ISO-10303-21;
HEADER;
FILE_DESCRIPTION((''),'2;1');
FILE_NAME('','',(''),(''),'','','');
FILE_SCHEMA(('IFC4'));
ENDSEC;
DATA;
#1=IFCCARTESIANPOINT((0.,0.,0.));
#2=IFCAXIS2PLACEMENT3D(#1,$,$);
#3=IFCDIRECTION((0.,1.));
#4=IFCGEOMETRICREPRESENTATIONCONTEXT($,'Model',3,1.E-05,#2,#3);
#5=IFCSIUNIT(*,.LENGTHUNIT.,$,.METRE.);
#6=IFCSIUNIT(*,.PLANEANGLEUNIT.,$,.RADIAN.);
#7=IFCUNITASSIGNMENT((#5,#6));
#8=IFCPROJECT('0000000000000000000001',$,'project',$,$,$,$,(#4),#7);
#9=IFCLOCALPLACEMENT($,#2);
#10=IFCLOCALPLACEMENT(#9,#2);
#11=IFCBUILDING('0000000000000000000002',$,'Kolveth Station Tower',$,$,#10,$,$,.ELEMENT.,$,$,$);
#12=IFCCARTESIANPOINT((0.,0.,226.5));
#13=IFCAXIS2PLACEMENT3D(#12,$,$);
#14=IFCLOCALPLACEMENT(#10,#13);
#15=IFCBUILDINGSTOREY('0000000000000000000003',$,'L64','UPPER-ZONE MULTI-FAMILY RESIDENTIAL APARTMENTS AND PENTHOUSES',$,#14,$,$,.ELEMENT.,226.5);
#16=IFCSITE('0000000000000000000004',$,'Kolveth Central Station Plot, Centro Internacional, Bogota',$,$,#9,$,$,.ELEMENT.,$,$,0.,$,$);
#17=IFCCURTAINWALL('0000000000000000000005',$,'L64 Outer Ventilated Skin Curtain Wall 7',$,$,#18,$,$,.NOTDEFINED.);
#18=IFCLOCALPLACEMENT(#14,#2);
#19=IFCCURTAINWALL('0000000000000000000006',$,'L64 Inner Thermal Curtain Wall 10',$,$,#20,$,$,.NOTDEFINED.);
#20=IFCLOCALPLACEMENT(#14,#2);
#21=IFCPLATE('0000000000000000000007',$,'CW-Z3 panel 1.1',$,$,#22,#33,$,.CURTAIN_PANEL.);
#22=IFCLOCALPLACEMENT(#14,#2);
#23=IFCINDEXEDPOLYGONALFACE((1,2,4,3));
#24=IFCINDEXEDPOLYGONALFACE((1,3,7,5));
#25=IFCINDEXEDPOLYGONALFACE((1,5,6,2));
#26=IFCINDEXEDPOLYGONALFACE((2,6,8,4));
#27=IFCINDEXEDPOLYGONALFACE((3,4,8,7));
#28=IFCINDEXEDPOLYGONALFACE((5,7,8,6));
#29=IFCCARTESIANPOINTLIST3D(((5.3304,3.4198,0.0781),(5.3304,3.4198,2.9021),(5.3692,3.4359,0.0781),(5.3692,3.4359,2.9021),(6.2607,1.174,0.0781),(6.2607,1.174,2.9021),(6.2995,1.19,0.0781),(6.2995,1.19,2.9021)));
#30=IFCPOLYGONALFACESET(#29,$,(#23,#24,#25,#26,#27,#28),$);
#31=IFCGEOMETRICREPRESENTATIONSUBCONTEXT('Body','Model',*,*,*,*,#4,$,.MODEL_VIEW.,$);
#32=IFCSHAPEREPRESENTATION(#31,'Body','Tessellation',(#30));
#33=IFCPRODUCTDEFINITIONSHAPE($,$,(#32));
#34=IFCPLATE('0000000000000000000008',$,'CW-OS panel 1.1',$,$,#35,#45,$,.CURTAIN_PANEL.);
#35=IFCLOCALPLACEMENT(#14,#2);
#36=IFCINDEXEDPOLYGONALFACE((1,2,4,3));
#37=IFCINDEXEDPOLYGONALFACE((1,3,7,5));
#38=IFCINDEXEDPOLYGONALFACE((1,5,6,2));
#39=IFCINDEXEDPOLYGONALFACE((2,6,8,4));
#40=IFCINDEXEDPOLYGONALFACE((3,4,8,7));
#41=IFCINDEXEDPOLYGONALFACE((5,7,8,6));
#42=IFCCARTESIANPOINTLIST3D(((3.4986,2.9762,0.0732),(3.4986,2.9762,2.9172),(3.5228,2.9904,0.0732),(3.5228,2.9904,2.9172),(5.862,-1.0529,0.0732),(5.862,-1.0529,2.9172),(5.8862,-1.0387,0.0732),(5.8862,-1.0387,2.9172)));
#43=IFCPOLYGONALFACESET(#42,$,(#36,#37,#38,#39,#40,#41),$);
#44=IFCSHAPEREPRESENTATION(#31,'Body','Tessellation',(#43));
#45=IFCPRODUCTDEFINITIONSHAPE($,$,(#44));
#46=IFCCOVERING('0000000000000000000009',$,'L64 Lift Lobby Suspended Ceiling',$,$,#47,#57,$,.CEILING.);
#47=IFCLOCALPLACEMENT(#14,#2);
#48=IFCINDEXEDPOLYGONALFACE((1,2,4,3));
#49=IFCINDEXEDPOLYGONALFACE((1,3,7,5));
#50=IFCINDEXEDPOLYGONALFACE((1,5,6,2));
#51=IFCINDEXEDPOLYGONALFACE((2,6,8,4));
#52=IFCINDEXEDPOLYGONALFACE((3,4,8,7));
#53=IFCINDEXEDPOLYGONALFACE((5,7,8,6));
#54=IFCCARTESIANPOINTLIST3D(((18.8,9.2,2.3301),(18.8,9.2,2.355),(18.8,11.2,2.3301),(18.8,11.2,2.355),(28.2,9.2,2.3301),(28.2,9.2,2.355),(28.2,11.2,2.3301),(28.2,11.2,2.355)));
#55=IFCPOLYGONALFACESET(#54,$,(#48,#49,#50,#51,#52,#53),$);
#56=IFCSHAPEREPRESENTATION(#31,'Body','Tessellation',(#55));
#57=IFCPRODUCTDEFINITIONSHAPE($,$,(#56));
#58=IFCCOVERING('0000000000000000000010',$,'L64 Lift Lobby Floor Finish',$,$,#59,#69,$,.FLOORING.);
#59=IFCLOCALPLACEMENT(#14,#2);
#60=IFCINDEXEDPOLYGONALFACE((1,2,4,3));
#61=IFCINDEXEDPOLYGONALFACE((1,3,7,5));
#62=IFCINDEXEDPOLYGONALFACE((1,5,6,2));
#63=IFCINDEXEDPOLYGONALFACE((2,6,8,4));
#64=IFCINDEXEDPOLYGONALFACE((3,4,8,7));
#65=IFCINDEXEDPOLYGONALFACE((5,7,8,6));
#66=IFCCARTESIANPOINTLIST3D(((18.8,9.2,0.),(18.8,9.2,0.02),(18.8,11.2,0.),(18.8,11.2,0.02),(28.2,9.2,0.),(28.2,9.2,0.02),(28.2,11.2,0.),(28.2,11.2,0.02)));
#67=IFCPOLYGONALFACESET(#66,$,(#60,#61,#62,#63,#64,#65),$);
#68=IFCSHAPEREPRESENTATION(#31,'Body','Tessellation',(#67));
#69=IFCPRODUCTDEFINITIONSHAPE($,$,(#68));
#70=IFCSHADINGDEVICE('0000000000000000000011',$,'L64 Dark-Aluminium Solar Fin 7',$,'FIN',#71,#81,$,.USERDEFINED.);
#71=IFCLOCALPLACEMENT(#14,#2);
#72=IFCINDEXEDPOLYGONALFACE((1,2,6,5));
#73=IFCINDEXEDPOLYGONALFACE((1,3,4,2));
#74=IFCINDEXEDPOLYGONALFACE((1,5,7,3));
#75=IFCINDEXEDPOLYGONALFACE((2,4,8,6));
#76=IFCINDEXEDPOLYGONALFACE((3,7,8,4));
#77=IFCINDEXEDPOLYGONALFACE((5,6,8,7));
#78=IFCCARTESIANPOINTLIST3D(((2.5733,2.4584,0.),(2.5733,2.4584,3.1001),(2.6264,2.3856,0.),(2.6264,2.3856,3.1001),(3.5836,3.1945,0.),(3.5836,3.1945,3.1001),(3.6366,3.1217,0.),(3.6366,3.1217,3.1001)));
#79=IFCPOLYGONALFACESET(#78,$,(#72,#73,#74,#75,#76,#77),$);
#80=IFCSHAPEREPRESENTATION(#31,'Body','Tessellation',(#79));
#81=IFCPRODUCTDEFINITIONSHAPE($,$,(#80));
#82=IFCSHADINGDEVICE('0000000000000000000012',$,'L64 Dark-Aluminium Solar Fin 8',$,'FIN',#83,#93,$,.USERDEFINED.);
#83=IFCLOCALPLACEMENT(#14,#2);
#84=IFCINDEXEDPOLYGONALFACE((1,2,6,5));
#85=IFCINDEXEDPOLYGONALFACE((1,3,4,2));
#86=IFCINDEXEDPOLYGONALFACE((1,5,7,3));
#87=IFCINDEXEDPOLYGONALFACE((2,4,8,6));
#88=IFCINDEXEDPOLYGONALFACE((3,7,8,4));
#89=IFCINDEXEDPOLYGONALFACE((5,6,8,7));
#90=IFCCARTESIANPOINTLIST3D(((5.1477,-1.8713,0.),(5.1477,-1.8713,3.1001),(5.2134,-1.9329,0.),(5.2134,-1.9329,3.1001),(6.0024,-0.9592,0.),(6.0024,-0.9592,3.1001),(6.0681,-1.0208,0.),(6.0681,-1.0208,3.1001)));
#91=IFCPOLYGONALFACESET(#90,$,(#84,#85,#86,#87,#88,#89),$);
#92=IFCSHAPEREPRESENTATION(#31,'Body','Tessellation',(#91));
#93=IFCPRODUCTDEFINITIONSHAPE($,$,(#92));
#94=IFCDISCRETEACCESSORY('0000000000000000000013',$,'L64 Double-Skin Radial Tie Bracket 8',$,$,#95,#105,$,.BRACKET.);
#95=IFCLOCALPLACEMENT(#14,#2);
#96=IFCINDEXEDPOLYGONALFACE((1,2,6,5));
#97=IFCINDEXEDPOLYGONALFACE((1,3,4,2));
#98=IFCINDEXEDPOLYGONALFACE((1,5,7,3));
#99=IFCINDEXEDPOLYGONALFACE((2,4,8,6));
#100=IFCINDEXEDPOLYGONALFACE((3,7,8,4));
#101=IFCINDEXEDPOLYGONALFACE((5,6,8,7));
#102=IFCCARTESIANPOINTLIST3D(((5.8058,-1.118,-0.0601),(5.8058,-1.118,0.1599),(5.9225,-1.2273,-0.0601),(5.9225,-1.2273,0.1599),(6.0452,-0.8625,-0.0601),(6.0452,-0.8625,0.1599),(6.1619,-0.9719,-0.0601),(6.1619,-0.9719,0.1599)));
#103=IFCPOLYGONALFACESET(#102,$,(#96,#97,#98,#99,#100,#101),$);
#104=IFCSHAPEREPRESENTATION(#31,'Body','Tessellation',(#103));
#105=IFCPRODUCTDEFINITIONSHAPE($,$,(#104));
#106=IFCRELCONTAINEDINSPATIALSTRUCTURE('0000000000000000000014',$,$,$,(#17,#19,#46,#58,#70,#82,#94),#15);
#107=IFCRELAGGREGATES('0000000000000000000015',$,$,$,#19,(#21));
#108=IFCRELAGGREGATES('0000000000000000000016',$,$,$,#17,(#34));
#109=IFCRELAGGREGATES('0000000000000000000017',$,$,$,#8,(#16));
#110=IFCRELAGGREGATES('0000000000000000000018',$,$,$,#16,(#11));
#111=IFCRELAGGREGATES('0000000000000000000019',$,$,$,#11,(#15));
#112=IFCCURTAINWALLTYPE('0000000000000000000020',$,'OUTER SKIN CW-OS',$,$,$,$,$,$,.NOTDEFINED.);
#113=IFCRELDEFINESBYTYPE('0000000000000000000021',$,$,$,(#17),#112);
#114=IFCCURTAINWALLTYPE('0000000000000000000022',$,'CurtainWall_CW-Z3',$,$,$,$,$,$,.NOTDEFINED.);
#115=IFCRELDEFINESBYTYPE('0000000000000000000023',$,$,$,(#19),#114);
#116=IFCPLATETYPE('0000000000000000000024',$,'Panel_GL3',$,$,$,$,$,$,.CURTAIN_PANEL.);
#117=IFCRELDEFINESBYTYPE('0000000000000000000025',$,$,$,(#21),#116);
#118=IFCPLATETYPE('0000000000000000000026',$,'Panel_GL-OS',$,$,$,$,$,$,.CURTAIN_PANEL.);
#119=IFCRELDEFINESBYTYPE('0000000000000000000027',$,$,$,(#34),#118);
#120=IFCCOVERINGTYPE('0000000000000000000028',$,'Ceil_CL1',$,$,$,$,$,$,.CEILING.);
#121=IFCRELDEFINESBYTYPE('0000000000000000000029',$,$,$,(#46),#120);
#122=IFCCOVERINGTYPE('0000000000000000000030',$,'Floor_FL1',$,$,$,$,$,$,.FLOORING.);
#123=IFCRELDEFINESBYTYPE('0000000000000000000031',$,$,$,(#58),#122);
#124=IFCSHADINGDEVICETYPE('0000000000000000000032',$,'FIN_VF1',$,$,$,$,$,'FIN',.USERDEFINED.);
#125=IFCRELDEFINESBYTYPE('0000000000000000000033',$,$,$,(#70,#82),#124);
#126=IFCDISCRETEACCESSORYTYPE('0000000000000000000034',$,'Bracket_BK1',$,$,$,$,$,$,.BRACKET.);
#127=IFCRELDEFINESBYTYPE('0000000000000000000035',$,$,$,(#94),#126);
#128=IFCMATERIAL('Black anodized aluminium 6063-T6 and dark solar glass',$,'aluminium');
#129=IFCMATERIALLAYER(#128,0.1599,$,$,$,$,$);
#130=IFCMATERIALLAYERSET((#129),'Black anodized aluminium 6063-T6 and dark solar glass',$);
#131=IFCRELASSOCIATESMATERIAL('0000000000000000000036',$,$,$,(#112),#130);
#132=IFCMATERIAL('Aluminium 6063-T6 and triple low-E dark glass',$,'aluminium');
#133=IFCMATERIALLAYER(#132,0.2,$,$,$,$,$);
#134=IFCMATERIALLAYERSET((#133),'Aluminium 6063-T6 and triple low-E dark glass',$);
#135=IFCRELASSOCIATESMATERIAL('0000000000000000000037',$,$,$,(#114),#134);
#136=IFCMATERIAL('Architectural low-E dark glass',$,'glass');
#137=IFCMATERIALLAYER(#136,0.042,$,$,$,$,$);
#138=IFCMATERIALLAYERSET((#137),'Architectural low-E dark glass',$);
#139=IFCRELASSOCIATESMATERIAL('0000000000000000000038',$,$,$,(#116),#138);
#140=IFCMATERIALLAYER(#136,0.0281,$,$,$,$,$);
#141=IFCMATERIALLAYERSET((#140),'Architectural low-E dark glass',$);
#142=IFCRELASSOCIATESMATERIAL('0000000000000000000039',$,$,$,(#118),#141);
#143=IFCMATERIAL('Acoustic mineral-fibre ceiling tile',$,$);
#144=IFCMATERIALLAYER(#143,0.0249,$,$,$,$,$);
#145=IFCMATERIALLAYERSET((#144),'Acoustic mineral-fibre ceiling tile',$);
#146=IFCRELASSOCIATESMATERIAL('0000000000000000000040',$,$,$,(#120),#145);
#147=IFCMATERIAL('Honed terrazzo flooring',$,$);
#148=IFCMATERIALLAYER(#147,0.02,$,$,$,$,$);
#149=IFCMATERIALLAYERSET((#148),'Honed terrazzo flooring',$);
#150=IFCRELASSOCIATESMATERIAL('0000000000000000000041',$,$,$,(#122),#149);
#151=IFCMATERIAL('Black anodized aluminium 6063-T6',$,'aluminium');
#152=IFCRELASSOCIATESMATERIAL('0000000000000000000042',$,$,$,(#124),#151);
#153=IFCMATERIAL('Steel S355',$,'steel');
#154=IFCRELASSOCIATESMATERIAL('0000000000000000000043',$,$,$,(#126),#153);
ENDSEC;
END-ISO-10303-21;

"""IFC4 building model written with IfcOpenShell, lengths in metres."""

from ifc_helpers import new_model, si_unit, direction, frame, origin, origin_2d, place, context, subcontext, project, spatial, polyline, rectangle, outline, extrude, source, transform, mapped, material, layer, layer_set, type_object, element, aggregate, save


model = new_model("IFC4")

# Units and contexts
model_context = context("Model", 3, precision=1e-05, world=origin(), true_north=direction((0.0, 1.0)))
body_context = subcontext(model_context, "Body", "Model", "MODEL_VIEW")
ifc_project = project(units=[si_unit("LENGTHUNIT", "METRE"), si_unit("PLANEANGLEUNIT", "RADIAN")], contexts=[model_context])

# Site, building, storey
site_placement = place(None, origin())
site = spatial("IfcSite", under=ifc_project, at=site_placement, Name="Kolveth Central Station Plot, Centro Internacional, Bogota", CompositionType="ELEMENT", RefElevation=0.0)
building_placement = place(site_placement, origin())
building = spatial("IfcBuilding", under=site, at=building_placement, Name="Kolveth Station Tower", CompositionType="ELEMENT")
storey_placement = place(building_placement, frame((0.0, 0.0, 226.5)))
storey = spatial("IfcBuildingStorey", under=building, at=storey_placement, Name="L64", Description="UPPER-ZONE MULTI-FAMILY RESIDENTIAL APARTMENTS AND PENTHOUSES", CompositionType="ELEMENT", Elevation=226.5)

# Curtain walls
ifc_material_1 = material(Name="Black anodized aluminium 6063-T6 and dark solar glass", Category="aluminium")
ifc_layer_1 = layer(ifc_material_1, 0.1599)
ifc_layer_set_1 = layer_set([ifc_layer_1], Name="Black anodized aluminium 6063-T6 and dark solar glass")
curtain_wall_type_1 = type_object("IfcCurtainWallType", Name="OUTER SKIN CW-OS", PredefinedType="NOTDEFINED", material=ifc_layer_set_1)
curtain_wall_1_placement = place(storey_placement, origin())
curtain_wall_1 = element("IfcCurtainWall", 1, at=curtain_wall_1_placement, inside=storey, type_object=curtain_wall_type_1, Name="L64 Outer Ventilated Skin Curtain Wall 7", PredefinedType="NOTDEFINED")
ifc_material_2 = material(Name="Black anodized aluminium 6063-T6", Category="aluminium")
ifc_material_3 = material(Name="Aluminium 6063-T6 and triple low-E dark glass", Category="aluminium")
ifc_layer_2 = layer(ifc_material_3, 0.2)
ifc_layer_set_2 = layer_set([ifc_layer_2], Name="Aluminium 6063-T6 and triple low-E dark glass")
curtain_wall_type_2 = type_object("IfcCurtainWallType", Name="CurtainWall_CW-Z3", PredefinedType="NOTDEFINED", material=ifc_layer_set_2)
curtain_wall_2_placement = place(storey_placement, origin())
curtain_wall_2 = element("IfcCurtainWall", 2, at=curtain_wall_2_placement, inside=storey, type_object=curtain_wall_type_2, Name="L64 Inner Thermal Curtain Wall 10", PredefinedType="NOTDEFINED")

# Plates
ifc_material_4 = material(Name="Architectural low-E dark glass", Category="glass")
ifc_layer_3 = layer(ifc_material_4, 0.042)
ifc_layer_set_3 = layer_set([ifc_layer_3], Name="Architectural low-E dark glass")
plate_type_1 = type_object("IfcPlateType", Name="Panel_GL3", PredefinedType="CURTAIN_PANEL", material=ifc_layer_set_3)
shared_shape_1 = source(origin(), body_context, "Body", "SweptSolid", [
    extrude(rectangle(XDim=2.4309, YDim=0.042, at=origin_2d()), origin(), (0.0, 0.0, 1.0), 2.824),
])
plate_1_placement = place(storey_placement, frame((5.8149, 2.3049, 0.0781), z_axis=(0.0, 0.0, 1.0), x_axis=(0.382693, -0.923875, 0.0)))
plate_1 = element("IfcPlate", 3, at=plate_1_placement, type_object=plate_type_1, Name="CW-Z3 panel 1.1", PredefinedType="CURTAIN_PANEL", context=body_context, shape_type="MappedRepresentation", body=[
    mapped(shared_shape_1, transform((0.0, 0.0, 0.0), x_axis=(1.0, 0.0, 0.0), y_axis=(0.0, 1.0, 0.0), z_axis=(0.0, 0.0, 1.0), scale=1.0)),
])
aggregate(curtain_wall_2, [plate_1])
ifc_layer_4 = layer(ifc_material_4, 0.0281)
ifc_layer_set_4 = layer_set([ifc_layer_4], Name="Architectural low-E dark glass")
plate_type_2 = type_object("IfcPlateType", Name="Panel_GL-OS", PredefinedType="CURTAIN_PANEL", material=ifc_layer_set_4)
shared_shape_2 = source(origin(), body_context, "Body", "SweptSolid", [
    extrude(rectangle(XDim=4.6711, YDim=0.0281, at=origin_2d()), origin(), (0.0, 0.0, 1.0), 2.844),
])
plate_2_placement = place(storey_placement, frame((4.6924, 0.9688, 0.0732), z_axis=(0.0, 0.0, 1.0), x_axis=(0.505952, -0.862562, 0.0)))
plate_2 = element("IfcPlate", 4, at=plate_2_placement, type_object=plate_type_2, Name="CW-OS panel 1.1", PredefinedType="CURTAIN_PANEL", context=body_context, shape_type="MappedRepresentation", body=[
    mapped(shared_shape_2, transform((0.0, 0.0, 0.0), x_axis=(1.0, 0.0, 0.0), y_axis=(0.0, 1.0, 0.0), z_axis=(0.0, 0.0, 1.0), scale=1.0)),
])
aggregate(curtain_wall_1, [plate_2])

# Coverings
ifc_material_5 = material(Name="Acoustic mineral-fibre ceiling tile")
ifc_layer_5 = layer(ifc_material_5, 0.0249)
ifc_layer_set_5 = layer_set([ifc_layer_5], Name="Acoustic mineral-fibre ceiling tile")
covering_type_1 = type_object("IfcCoveringType", Name="Ceil_CL1", PredefinedType="CEILING", material=ifc_layer_set_5)
covering_1_placement = place(storey_placement, frame((0.0, 0.0, 2.3301)))
element("IfcCovering", 5, at=covering_1_placement, inside=storey, type_object=covering_type_1, Name="L64 Lift Lobby Suspended Ceiling", PredefinedType="CEILING", context=body_context, shape_type="SweptSolid", body=[
    extrude(outline(polyline([(18.8, 9.2), (28.2, 9.2), (28.2, 11.2), (18.8, 11.2), (18.8, 9.2)])), origin(), (0.0, 0.0, 1.0), 0.0249),
])
ifc_material_6 = material(Name="Honed terrazzo flooring")
ifc_layer_6 = layer(ifc_material_6, 0.02)
ifc_layer_set_6 = layer_set([ifc_layer_6], Name="Honed terrazzo flooring")
covering_type_2 = type_object("IfcCoveringType", Name="Floor_FL1", PredefinedType="FLOORING", material=ifc_layer_set_6)
covering_2_placement = place(storey_placement, origin())
element("IfcCovering", 6, at=covering_2_placement, inside=storey, type_object=covering_type_2, Name="L64 Lift Lobby Floor Finish", PredefinedType="FLOORING", context=body_context, shape_type="SweptSolid", body=[
    extrude(outline(polyline([(18.8, 9.2), (28.2, 9.2), (28.2, 11.2), (18.8, 11.2), (18.8, 9.2)])), origin(), (0.0, 0.0, 1.0), 0.02),
])

# Shading devices
shading_device_type = type_object("IfcShadingDeviceType", Name="FIN_VF1", ElementType="FIN", PredefinedType="USERDEFINED", material=ifc_material_2)
shared_shape_3 = source(origin(), body_context, "Body", "SweptSolid", [
    extrude(rectangle(XDim=1.25, YDim=0.0901, at=origin_2d()), origin(), (0.0, 0.0, 1.0), 3.1001),
])
for number, where, z_axis, x_axis, name in (
    (7, (3.105, 2.79, 0.0), (0.0, 0.0, 1.0), (-0.808196, -0.588914, 0.0), "L64 Dark-Aluminium Solar Fin 7"),
    (8, (5.6079, -1.446, 0.0), (0.0, 0.0, 1.0), (-0.683783, -0.729685, 0.0), "L64 Dark-Aluminium Solar Fin 8"),
):
    element("IfcShadingDevice", number, at=place(storey_placement, frame(where, z_axis=z_axis, x_axis=x_axis)), inside=storey, type_object=shading_device_type, Name=name, ObjectType="FIN", PredefinedType="USERDEFINED", context=body_context, shape_type="MappedRepresentation", body=[
        mapped(shared_shape_3, transform((0.0, 0.0, 0.0), x_axis=(1.0, 0.0, 0.0), y_axis=(0.0, 1.0, 0.0), z_axis=(0.0, 0.0, 1.0), scale=1.0)),
    ])

# Discrete accessory
ifc_material_7 = material(Name="Steel S355", Category="steel")
discrete_accessory_type = type_object("IfcDiscreteAccessoryType", Name="Bracket_BK1", PredefinedType="BRACKET", material=ifc_material_7)
shared_shape_4 = source(origin(), body_context, "Body", "SweptSolid", [
    extrude(rectangle(XDim=0.3501, YDim=0.1599, at=origin_2d()), origin(), (0.0, 0.0, 1.0), 0.22),
])
discrete_accessory_placement = place(storey_placement, frame((5.9839, -1.0449, -0.0601), z_axis=(0.0, 0.0, 1.0), x_axis=(-0.683783, -0.729685, 0.0)))
element("IfcDiscreteAccessory", 9, at=discrete_accessory_placement, inside=storey, type_object=discrete_accessory_type, Name="L64 Double-Skin Radial Tie Bracket 8", PredefinedType="BRACKET", context=body_context, shape_type="MappedRepresentation", body=[
    mapped(shared_shape_4, transform((0.0, 0.0, 0.0), x_axis=(1.0, 0.0, 0.0), y_axis=(0.0, 1.0, 0.0), z_axis=(0.0, 0.0, 1.0), scale=1.0)),
])

save(model, "model.ifc")
